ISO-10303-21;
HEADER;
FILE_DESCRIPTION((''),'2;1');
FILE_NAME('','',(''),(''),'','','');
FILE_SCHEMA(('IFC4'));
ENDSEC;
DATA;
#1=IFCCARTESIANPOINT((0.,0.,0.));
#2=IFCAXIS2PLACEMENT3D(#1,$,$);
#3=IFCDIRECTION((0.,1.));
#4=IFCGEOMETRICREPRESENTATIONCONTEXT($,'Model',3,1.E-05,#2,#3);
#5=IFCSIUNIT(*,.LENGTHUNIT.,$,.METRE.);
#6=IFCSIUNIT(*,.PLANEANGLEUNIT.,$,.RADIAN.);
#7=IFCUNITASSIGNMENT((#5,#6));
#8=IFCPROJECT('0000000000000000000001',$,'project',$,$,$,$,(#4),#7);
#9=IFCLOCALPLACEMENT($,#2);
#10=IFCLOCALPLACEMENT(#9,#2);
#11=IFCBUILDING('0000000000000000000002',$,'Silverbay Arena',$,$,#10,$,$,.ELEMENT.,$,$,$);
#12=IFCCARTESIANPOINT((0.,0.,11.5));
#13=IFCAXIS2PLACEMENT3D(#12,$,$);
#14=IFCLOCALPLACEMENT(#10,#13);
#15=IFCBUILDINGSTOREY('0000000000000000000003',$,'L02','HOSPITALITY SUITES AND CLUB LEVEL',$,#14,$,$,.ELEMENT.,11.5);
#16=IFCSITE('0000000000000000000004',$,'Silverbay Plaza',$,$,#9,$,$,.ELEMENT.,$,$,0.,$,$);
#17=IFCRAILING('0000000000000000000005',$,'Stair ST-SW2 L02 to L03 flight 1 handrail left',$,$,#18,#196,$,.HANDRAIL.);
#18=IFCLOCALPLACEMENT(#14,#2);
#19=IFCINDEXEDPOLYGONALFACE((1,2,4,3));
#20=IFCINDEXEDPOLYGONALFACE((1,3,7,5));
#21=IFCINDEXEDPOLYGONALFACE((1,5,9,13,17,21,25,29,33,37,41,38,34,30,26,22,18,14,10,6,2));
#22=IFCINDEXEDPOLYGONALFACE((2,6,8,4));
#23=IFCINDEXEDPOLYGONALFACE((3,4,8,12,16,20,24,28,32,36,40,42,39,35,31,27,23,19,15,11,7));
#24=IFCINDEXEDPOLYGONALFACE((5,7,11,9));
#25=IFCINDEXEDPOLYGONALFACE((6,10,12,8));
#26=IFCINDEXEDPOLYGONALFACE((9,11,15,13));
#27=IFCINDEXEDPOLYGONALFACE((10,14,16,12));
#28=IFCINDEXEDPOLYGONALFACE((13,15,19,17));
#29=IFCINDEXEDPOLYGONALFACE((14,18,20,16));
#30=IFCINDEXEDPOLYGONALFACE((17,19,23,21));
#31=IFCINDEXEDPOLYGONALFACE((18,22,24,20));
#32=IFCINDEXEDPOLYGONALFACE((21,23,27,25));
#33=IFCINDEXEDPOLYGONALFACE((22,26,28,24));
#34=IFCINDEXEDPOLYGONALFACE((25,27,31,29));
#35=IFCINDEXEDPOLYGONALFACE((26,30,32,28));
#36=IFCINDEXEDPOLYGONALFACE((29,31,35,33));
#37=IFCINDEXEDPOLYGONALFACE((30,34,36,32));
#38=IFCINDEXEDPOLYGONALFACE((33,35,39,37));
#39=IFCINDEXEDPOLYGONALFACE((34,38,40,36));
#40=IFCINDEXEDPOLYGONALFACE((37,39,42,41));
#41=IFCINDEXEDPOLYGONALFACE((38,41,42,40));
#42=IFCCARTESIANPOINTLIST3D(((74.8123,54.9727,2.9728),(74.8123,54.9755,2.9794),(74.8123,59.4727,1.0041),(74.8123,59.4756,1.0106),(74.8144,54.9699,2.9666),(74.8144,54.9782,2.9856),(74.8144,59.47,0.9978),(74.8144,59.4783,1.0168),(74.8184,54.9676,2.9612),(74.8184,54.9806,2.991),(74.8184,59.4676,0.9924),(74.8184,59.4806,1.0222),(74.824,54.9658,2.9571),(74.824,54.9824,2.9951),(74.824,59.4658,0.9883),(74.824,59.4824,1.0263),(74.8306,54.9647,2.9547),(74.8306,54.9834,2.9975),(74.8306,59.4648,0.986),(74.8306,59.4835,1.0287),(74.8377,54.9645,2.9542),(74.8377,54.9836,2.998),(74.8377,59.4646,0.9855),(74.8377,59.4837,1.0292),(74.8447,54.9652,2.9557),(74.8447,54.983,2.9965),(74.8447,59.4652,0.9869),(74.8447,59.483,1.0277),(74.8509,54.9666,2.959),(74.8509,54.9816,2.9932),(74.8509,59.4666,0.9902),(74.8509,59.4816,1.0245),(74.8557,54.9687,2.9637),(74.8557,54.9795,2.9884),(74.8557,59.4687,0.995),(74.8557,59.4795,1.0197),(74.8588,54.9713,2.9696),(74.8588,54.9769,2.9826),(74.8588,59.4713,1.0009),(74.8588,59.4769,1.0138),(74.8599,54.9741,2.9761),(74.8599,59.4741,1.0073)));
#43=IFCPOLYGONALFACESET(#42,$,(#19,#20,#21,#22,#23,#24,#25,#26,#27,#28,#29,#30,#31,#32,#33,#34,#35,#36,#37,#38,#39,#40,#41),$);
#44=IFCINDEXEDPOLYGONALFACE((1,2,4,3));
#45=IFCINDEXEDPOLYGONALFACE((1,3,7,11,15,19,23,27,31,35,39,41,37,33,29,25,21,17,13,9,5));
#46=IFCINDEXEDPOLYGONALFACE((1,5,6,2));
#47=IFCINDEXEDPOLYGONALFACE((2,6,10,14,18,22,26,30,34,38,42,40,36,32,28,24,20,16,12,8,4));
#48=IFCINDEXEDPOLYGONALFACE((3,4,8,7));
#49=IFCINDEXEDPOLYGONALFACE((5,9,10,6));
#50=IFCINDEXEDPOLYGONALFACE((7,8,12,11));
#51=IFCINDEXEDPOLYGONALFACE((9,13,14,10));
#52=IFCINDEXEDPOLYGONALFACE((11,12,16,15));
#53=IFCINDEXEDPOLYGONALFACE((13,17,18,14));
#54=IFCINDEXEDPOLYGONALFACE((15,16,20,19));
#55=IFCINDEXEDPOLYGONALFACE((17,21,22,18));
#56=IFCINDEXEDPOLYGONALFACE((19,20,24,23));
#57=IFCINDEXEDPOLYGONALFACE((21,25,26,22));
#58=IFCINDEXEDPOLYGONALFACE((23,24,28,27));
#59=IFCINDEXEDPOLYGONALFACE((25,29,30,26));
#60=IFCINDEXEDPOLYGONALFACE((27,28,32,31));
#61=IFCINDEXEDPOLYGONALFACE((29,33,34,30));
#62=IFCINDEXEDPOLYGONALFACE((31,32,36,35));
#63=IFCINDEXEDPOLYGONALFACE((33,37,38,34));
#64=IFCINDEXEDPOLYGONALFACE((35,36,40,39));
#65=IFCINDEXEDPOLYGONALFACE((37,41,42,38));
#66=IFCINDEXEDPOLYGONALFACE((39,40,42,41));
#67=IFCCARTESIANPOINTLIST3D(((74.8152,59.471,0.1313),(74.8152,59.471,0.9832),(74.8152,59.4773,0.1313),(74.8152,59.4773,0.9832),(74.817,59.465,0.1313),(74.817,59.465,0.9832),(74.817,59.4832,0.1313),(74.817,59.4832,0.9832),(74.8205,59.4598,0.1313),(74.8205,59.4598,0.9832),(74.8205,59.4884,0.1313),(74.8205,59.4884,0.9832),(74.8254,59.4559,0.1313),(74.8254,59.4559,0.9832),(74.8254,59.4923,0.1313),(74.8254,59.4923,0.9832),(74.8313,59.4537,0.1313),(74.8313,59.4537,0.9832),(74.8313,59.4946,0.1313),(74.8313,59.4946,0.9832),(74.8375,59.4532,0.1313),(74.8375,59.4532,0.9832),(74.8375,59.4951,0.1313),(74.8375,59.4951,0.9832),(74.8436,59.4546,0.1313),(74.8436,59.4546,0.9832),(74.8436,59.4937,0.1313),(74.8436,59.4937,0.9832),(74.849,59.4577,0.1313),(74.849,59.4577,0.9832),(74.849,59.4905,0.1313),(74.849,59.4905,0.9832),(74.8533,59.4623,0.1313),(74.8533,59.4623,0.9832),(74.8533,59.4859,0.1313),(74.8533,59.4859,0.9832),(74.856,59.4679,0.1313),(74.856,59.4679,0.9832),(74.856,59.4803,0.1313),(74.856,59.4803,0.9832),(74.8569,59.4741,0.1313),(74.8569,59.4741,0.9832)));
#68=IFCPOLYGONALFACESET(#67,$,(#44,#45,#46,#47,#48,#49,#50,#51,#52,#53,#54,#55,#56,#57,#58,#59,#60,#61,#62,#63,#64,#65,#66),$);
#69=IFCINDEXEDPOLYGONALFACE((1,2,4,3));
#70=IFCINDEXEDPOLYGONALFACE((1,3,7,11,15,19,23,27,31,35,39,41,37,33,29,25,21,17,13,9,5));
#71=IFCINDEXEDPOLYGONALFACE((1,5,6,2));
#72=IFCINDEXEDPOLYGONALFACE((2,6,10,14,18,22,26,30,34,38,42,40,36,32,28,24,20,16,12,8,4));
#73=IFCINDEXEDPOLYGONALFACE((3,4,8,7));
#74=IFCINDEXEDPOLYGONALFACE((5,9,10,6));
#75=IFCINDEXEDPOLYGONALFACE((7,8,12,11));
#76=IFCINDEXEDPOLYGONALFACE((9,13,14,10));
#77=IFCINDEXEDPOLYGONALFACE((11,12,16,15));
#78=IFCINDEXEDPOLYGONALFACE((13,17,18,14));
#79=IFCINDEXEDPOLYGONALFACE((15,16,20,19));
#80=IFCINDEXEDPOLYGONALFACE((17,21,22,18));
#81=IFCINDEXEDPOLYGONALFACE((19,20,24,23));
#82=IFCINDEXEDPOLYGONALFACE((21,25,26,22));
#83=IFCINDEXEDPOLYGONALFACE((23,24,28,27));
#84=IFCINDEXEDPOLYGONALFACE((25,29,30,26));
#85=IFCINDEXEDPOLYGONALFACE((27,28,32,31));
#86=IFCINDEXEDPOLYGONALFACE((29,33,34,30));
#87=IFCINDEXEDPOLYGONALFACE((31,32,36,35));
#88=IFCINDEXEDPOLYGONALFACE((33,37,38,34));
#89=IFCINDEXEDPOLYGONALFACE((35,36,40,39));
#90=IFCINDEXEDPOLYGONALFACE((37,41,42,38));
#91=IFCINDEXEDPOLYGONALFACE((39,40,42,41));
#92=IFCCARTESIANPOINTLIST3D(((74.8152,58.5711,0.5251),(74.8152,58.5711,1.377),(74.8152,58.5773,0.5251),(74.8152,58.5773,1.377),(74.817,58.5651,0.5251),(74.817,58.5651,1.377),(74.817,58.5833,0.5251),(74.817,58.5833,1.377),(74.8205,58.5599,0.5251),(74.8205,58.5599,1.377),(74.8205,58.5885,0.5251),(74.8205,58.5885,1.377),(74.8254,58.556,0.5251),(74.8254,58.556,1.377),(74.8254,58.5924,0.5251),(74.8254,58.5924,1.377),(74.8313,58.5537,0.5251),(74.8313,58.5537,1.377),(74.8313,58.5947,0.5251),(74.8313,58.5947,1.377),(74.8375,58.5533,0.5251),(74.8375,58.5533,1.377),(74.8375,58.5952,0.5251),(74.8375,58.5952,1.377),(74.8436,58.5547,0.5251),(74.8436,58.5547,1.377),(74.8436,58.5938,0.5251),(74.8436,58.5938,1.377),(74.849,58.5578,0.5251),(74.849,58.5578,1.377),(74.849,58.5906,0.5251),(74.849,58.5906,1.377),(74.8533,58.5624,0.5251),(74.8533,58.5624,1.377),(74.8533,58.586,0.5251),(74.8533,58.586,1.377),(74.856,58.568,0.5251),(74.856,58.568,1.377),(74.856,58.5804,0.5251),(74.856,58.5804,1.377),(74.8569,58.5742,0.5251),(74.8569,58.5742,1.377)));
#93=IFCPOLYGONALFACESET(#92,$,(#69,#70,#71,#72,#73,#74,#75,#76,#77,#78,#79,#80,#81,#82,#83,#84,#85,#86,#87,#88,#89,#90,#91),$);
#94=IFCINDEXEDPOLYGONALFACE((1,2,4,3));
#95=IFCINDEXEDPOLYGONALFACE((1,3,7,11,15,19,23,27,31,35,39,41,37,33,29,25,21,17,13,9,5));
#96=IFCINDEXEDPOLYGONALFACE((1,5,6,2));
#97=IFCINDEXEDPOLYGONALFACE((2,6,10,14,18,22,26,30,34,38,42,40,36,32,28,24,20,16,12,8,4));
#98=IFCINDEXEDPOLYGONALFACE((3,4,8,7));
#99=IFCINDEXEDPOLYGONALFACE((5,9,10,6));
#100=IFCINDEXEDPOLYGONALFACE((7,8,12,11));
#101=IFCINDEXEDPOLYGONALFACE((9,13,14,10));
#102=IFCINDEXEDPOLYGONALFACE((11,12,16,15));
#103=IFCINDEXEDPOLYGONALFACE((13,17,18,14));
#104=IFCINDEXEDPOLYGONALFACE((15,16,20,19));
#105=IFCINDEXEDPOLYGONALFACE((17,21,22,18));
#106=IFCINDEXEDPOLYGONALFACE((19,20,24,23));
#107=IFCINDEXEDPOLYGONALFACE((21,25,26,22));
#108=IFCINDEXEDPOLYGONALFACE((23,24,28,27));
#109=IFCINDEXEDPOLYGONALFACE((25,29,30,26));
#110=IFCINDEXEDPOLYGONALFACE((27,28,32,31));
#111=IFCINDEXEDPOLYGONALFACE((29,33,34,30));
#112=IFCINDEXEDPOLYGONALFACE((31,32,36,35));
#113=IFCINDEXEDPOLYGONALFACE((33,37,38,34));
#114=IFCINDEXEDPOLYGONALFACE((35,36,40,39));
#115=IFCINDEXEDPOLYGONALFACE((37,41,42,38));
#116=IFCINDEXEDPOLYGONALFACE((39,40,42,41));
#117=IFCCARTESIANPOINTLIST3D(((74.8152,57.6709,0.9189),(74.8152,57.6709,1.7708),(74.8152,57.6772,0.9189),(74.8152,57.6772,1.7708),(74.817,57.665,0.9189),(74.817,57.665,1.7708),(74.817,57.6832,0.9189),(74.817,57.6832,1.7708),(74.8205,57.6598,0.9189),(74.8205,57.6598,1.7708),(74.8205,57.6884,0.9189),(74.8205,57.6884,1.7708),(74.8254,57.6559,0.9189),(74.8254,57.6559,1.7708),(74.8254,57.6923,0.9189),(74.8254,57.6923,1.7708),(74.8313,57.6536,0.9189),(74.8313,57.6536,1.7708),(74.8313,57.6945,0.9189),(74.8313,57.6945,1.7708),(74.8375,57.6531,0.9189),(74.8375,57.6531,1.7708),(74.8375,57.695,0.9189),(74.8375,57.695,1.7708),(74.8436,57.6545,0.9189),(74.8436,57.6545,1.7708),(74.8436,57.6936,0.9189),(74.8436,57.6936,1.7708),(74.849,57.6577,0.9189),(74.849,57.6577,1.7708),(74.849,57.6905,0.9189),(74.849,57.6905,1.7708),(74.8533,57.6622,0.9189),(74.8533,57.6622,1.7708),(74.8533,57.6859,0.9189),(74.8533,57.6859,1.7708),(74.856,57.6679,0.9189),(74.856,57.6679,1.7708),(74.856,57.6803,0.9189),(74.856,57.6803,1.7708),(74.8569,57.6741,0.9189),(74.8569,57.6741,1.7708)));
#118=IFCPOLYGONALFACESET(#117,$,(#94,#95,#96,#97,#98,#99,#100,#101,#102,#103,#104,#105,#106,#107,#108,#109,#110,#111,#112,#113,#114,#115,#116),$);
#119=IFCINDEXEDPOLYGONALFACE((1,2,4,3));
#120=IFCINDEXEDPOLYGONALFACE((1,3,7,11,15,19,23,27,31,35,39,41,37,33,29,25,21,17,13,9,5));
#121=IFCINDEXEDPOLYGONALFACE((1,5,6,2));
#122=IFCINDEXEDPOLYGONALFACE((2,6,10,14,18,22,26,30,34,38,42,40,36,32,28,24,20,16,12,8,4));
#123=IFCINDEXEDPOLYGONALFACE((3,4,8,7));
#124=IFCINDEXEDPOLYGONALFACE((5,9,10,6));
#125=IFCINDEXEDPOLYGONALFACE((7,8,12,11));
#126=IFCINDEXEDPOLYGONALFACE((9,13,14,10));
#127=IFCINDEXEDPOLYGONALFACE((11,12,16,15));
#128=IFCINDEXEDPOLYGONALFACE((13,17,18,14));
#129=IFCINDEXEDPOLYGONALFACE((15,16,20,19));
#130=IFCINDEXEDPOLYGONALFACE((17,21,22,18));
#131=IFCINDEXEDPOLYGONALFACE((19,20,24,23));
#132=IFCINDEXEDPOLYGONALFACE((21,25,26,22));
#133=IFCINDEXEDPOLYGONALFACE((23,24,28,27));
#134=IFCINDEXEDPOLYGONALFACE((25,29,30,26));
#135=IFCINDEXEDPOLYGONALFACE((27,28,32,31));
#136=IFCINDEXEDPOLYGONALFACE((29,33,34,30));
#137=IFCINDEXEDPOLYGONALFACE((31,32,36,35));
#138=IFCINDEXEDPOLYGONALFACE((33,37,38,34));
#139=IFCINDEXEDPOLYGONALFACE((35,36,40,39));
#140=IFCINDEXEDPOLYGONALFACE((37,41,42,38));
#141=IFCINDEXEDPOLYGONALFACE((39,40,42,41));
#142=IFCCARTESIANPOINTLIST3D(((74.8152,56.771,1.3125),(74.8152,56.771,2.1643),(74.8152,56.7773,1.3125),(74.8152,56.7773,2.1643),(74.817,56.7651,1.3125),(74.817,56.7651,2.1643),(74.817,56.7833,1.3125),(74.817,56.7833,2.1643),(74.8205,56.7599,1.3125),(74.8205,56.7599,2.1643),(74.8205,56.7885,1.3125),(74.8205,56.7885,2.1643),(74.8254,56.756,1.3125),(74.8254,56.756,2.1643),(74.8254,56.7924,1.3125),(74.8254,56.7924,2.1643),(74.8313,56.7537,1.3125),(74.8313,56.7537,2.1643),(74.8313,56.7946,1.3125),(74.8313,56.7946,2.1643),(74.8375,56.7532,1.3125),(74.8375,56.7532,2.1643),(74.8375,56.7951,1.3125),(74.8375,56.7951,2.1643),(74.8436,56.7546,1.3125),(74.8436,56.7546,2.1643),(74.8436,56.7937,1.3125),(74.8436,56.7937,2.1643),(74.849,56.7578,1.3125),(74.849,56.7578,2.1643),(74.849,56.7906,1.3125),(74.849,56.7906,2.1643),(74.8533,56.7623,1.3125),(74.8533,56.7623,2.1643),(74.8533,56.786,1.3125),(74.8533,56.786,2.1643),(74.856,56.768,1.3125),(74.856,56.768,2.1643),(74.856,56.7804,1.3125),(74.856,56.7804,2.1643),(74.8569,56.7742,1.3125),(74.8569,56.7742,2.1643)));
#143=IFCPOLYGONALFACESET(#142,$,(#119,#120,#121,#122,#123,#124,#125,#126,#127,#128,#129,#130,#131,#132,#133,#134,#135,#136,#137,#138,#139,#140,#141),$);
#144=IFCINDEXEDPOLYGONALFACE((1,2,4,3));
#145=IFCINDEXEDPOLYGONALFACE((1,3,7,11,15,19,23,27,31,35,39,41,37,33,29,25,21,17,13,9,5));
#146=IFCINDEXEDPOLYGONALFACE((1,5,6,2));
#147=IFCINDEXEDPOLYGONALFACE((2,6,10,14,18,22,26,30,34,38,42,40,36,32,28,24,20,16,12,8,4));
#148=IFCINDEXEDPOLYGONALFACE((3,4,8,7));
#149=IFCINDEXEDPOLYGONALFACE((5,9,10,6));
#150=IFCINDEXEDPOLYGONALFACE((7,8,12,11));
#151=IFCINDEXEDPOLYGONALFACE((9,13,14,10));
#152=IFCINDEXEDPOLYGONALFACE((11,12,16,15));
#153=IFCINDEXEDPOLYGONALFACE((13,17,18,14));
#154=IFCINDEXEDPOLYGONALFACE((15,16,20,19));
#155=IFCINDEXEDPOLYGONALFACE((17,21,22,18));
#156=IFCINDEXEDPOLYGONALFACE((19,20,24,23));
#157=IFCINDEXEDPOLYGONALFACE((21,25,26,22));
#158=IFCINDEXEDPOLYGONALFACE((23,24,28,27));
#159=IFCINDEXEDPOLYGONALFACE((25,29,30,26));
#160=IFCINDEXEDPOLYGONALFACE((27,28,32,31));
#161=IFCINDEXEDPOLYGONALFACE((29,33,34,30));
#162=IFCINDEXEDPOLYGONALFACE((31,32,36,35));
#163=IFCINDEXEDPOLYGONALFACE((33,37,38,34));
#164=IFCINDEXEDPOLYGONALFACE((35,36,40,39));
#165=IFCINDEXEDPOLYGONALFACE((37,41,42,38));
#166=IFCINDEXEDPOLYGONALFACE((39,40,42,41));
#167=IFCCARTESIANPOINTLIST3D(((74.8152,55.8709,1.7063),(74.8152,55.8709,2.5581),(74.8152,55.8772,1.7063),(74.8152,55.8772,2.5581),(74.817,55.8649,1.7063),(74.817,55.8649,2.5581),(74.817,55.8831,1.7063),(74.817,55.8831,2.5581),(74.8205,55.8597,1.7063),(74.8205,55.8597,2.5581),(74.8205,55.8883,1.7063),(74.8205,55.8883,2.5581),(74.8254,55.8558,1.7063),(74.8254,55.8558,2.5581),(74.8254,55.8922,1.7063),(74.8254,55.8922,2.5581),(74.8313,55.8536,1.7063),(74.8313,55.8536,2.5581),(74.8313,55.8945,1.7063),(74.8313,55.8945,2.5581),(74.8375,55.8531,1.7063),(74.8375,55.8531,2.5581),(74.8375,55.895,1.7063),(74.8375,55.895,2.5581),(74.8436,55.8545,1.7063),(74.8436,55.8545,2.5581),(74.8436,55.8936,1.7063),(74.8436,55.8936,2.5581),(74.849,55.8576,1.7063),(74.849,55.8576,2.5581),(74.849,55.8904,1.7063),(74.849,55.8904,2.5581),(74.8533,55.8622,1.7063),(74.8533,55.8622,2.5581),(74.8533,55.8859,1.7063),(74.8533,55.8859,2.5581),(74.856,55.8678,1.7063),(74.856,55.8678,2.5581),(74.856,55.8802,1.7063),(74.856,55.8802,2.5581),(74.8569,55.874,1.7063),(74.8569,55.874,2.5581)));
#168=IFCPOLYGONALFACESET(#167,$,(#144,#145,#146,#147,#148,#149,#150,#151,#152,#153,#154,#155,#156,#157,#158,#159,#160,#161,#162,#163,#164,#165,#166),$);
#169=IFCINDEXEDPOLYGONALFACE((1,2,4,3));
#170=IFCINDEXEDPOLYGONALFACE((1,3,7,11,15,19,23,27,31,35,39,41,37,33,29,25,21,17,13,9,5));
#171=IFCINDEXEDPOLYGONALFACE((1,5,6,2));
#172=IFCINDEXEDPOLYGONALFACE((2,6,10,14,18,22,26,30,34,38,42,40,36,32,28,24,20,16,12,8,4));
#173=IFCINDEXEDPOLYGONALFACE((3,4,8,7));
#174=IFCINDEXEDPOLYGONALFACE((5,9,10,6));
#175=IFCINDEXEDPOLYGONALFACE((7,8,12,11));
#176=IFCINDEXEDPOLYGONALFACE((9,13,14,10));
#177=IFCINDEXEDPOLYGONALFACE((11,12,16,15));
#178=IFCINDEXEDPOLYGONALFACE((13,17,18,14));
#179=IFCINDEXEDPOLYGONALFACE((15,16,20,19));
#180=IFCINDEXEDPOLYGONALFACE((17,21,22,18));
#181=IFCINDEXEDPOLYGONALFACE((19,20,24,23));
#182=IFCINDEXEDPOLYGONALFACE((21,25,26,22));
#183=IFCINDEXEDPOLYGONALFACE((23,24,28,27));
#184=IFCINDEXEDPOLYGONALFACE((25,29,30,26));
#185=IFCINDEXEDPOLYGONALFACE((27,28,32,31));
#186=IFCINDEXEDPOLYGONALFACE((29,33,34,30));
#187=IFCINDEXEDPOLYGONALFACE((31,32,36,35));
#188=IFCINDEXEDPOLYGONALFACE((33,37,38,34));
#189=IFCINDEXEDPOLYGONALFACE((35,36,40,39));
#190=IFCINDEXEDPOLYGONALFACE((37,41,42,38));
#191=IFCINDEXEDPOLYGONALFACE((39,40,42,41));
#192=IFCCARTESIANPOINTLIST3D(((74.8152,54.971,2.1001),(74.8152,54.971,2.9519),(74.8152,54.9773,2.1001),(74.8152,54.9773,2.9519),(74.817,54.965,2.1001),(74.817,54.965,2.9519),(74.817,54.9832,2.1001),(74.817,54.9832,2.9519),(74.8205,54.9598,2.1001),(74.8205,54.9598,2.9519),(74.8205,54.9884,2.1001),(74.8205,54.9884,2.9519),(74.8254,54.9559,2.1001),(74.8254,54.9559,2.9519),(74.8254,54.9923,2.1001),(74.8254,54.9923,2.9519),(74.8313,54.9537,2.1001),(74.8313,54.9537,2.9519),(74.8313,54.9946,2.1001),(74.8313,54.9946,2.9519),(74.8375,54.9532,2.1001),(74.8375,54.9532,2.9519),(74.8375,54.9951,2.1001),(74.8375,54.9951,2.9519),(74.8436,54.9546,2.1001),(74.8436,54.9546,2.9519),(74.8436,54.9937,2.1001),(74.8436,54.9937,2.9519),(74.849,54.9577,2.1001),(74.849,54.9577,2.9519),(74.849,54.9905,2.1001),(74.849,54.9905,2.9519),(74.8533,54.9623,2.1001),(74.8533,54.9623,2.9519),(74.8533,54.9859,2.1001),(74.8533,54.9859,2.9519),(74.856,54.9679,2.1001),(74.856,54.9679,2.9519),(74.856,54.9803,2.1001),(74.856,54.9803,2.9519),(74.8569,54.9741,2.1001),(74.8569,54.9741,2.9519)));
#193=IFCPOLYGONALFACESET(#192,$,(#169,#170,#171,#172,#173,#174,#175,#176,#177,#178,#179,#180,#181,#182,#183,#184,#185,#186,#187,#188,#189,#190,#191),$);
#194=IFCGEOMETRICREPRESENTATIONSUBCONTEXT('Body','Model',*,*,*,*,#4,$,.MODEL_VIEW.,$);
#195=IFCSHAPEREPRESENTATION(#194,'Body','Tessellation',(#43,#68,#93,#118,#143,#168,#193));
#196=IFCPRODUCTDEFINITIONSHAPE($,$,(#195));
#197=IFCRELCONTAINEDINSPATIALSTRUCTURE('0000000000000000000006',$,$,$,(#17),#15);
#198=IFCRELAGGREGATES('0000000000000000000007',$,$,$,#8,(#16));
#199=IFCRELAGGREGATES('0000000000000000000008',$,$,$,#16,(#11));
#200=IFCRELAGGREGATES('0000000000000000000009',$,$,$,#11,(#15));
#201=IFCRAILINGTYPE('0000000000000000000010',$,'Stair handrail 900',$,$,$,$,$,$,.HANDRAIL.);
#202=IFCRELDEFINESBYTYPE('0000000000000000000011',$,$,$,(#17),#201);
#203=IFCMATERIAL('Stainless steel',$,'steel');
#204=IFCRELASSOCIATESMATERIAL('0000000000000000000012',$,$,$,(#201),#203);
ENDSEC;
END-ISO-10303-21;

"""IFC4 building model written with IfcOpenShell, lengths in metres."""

from ifc_helpers import new_model, si_unit, direction, frame, origin, origin_2d, place, context, subcontext, project, spatial, circle, extrude, material, type_object, element, save


model = new_model("IFC4")

# Units and contexts
model_context = context("Model", 3, precision=1e-05, world=origin(), true_north=direction((0.0, 1.0)))
body_context = subcontext(model_context, "Body", "Model", "MODEL_VIEW")
ifc_project = project(units=[si_unit("LENGTHUNIT", "METRE"), si_unit("PLANEANGLEUNIT", "RADIAN")], contexts=[model_context])

# Site, building, storey
site_placement = place(None, origin())
site = spatial("IfcSite", under=ifc_project, at=site_placement, Name="Silverbay Plaza", CompositionType="ELEMENT", RefElevation=0.0)
building_placement = place(site_placement, origin())
building = spatial("IfcBuilding", under=site, at=building_placement, Name="Silverbay Arena", CompositionType="ELEMENT")
storey_placement = place(building_placement, frame((0.0, 0.0, 11.5)))
storey = spatial("IfcBuildingStorey", under=building, at=storey_placement, Name="L02", Description="HOSPITALITY SUITES AND CLUB LEVEL", CompositionType="ELEMENT", Elevation=11.5)

# Railing
ifc_material_1 = material(Name="Stainless steel", Category="steel")
railing_type_1 = type_object("IfcRailingType", Name="Stair handrail 900", PredefinedType="HANDRAIL", material=ifc_material_1)
railing_1_placement = place(storey_placement, frame((74.8359, 59.4741, 0.1313)))
element("IfcRailing", 1, at=railing_1_placement, inside=storey, type_object=railing_type_1, Name="Stair ST-SW2 L02 to L03 flight 1 handrail left", PredefinedType="HANDRAIL", context=body_context, shape_type="SweptSolid", body=[
    extrude(circle(Radius=0.0239, at=origin_2d()), frame((0.0, 0.0, 0.876), z_axis=(0.0, -0.916157, 0.400819), x_axis=(1.0, 0.0, 0.0)), (0.0, 0.0, 1.0), 4.9119),
    extrude(circle(Radius=0.021, at=origin_2d()), origin(), (0.0, 0.0, 1.0), 0.8518),
    extrude(circle(Radius=0.021, at=origin_2d()), frame((0.0, -0.8999, 0.3938)), (0.0, 0.0, 1.0), 0.8518),
    extrude(circle(Radius=0.021, at=origin_2d()), frame((0.0, -1.8, 0.7876)), (0.0, 0.0, 1.0), 0.8518),
    extrude(circle(Radius=0.021, at=origin_2d()), frame((0.0, -2.7, 1.1812)), (0.0, 0.0, 1.0), 0.8518),
    extrude(circle(Radius=0.021, at=origin_2d()), frame((0.0, -3.6001, 1.575)), (0.0, 0.0, 1.0), 0.8518),
    extrude(circle(Radius=0.021, at=origin_2d()), frame((0.0, -4.5, 1.9688)), (0.0, 0.0, 1.0), 0.8518),
])

save(model, "model.ifc")
